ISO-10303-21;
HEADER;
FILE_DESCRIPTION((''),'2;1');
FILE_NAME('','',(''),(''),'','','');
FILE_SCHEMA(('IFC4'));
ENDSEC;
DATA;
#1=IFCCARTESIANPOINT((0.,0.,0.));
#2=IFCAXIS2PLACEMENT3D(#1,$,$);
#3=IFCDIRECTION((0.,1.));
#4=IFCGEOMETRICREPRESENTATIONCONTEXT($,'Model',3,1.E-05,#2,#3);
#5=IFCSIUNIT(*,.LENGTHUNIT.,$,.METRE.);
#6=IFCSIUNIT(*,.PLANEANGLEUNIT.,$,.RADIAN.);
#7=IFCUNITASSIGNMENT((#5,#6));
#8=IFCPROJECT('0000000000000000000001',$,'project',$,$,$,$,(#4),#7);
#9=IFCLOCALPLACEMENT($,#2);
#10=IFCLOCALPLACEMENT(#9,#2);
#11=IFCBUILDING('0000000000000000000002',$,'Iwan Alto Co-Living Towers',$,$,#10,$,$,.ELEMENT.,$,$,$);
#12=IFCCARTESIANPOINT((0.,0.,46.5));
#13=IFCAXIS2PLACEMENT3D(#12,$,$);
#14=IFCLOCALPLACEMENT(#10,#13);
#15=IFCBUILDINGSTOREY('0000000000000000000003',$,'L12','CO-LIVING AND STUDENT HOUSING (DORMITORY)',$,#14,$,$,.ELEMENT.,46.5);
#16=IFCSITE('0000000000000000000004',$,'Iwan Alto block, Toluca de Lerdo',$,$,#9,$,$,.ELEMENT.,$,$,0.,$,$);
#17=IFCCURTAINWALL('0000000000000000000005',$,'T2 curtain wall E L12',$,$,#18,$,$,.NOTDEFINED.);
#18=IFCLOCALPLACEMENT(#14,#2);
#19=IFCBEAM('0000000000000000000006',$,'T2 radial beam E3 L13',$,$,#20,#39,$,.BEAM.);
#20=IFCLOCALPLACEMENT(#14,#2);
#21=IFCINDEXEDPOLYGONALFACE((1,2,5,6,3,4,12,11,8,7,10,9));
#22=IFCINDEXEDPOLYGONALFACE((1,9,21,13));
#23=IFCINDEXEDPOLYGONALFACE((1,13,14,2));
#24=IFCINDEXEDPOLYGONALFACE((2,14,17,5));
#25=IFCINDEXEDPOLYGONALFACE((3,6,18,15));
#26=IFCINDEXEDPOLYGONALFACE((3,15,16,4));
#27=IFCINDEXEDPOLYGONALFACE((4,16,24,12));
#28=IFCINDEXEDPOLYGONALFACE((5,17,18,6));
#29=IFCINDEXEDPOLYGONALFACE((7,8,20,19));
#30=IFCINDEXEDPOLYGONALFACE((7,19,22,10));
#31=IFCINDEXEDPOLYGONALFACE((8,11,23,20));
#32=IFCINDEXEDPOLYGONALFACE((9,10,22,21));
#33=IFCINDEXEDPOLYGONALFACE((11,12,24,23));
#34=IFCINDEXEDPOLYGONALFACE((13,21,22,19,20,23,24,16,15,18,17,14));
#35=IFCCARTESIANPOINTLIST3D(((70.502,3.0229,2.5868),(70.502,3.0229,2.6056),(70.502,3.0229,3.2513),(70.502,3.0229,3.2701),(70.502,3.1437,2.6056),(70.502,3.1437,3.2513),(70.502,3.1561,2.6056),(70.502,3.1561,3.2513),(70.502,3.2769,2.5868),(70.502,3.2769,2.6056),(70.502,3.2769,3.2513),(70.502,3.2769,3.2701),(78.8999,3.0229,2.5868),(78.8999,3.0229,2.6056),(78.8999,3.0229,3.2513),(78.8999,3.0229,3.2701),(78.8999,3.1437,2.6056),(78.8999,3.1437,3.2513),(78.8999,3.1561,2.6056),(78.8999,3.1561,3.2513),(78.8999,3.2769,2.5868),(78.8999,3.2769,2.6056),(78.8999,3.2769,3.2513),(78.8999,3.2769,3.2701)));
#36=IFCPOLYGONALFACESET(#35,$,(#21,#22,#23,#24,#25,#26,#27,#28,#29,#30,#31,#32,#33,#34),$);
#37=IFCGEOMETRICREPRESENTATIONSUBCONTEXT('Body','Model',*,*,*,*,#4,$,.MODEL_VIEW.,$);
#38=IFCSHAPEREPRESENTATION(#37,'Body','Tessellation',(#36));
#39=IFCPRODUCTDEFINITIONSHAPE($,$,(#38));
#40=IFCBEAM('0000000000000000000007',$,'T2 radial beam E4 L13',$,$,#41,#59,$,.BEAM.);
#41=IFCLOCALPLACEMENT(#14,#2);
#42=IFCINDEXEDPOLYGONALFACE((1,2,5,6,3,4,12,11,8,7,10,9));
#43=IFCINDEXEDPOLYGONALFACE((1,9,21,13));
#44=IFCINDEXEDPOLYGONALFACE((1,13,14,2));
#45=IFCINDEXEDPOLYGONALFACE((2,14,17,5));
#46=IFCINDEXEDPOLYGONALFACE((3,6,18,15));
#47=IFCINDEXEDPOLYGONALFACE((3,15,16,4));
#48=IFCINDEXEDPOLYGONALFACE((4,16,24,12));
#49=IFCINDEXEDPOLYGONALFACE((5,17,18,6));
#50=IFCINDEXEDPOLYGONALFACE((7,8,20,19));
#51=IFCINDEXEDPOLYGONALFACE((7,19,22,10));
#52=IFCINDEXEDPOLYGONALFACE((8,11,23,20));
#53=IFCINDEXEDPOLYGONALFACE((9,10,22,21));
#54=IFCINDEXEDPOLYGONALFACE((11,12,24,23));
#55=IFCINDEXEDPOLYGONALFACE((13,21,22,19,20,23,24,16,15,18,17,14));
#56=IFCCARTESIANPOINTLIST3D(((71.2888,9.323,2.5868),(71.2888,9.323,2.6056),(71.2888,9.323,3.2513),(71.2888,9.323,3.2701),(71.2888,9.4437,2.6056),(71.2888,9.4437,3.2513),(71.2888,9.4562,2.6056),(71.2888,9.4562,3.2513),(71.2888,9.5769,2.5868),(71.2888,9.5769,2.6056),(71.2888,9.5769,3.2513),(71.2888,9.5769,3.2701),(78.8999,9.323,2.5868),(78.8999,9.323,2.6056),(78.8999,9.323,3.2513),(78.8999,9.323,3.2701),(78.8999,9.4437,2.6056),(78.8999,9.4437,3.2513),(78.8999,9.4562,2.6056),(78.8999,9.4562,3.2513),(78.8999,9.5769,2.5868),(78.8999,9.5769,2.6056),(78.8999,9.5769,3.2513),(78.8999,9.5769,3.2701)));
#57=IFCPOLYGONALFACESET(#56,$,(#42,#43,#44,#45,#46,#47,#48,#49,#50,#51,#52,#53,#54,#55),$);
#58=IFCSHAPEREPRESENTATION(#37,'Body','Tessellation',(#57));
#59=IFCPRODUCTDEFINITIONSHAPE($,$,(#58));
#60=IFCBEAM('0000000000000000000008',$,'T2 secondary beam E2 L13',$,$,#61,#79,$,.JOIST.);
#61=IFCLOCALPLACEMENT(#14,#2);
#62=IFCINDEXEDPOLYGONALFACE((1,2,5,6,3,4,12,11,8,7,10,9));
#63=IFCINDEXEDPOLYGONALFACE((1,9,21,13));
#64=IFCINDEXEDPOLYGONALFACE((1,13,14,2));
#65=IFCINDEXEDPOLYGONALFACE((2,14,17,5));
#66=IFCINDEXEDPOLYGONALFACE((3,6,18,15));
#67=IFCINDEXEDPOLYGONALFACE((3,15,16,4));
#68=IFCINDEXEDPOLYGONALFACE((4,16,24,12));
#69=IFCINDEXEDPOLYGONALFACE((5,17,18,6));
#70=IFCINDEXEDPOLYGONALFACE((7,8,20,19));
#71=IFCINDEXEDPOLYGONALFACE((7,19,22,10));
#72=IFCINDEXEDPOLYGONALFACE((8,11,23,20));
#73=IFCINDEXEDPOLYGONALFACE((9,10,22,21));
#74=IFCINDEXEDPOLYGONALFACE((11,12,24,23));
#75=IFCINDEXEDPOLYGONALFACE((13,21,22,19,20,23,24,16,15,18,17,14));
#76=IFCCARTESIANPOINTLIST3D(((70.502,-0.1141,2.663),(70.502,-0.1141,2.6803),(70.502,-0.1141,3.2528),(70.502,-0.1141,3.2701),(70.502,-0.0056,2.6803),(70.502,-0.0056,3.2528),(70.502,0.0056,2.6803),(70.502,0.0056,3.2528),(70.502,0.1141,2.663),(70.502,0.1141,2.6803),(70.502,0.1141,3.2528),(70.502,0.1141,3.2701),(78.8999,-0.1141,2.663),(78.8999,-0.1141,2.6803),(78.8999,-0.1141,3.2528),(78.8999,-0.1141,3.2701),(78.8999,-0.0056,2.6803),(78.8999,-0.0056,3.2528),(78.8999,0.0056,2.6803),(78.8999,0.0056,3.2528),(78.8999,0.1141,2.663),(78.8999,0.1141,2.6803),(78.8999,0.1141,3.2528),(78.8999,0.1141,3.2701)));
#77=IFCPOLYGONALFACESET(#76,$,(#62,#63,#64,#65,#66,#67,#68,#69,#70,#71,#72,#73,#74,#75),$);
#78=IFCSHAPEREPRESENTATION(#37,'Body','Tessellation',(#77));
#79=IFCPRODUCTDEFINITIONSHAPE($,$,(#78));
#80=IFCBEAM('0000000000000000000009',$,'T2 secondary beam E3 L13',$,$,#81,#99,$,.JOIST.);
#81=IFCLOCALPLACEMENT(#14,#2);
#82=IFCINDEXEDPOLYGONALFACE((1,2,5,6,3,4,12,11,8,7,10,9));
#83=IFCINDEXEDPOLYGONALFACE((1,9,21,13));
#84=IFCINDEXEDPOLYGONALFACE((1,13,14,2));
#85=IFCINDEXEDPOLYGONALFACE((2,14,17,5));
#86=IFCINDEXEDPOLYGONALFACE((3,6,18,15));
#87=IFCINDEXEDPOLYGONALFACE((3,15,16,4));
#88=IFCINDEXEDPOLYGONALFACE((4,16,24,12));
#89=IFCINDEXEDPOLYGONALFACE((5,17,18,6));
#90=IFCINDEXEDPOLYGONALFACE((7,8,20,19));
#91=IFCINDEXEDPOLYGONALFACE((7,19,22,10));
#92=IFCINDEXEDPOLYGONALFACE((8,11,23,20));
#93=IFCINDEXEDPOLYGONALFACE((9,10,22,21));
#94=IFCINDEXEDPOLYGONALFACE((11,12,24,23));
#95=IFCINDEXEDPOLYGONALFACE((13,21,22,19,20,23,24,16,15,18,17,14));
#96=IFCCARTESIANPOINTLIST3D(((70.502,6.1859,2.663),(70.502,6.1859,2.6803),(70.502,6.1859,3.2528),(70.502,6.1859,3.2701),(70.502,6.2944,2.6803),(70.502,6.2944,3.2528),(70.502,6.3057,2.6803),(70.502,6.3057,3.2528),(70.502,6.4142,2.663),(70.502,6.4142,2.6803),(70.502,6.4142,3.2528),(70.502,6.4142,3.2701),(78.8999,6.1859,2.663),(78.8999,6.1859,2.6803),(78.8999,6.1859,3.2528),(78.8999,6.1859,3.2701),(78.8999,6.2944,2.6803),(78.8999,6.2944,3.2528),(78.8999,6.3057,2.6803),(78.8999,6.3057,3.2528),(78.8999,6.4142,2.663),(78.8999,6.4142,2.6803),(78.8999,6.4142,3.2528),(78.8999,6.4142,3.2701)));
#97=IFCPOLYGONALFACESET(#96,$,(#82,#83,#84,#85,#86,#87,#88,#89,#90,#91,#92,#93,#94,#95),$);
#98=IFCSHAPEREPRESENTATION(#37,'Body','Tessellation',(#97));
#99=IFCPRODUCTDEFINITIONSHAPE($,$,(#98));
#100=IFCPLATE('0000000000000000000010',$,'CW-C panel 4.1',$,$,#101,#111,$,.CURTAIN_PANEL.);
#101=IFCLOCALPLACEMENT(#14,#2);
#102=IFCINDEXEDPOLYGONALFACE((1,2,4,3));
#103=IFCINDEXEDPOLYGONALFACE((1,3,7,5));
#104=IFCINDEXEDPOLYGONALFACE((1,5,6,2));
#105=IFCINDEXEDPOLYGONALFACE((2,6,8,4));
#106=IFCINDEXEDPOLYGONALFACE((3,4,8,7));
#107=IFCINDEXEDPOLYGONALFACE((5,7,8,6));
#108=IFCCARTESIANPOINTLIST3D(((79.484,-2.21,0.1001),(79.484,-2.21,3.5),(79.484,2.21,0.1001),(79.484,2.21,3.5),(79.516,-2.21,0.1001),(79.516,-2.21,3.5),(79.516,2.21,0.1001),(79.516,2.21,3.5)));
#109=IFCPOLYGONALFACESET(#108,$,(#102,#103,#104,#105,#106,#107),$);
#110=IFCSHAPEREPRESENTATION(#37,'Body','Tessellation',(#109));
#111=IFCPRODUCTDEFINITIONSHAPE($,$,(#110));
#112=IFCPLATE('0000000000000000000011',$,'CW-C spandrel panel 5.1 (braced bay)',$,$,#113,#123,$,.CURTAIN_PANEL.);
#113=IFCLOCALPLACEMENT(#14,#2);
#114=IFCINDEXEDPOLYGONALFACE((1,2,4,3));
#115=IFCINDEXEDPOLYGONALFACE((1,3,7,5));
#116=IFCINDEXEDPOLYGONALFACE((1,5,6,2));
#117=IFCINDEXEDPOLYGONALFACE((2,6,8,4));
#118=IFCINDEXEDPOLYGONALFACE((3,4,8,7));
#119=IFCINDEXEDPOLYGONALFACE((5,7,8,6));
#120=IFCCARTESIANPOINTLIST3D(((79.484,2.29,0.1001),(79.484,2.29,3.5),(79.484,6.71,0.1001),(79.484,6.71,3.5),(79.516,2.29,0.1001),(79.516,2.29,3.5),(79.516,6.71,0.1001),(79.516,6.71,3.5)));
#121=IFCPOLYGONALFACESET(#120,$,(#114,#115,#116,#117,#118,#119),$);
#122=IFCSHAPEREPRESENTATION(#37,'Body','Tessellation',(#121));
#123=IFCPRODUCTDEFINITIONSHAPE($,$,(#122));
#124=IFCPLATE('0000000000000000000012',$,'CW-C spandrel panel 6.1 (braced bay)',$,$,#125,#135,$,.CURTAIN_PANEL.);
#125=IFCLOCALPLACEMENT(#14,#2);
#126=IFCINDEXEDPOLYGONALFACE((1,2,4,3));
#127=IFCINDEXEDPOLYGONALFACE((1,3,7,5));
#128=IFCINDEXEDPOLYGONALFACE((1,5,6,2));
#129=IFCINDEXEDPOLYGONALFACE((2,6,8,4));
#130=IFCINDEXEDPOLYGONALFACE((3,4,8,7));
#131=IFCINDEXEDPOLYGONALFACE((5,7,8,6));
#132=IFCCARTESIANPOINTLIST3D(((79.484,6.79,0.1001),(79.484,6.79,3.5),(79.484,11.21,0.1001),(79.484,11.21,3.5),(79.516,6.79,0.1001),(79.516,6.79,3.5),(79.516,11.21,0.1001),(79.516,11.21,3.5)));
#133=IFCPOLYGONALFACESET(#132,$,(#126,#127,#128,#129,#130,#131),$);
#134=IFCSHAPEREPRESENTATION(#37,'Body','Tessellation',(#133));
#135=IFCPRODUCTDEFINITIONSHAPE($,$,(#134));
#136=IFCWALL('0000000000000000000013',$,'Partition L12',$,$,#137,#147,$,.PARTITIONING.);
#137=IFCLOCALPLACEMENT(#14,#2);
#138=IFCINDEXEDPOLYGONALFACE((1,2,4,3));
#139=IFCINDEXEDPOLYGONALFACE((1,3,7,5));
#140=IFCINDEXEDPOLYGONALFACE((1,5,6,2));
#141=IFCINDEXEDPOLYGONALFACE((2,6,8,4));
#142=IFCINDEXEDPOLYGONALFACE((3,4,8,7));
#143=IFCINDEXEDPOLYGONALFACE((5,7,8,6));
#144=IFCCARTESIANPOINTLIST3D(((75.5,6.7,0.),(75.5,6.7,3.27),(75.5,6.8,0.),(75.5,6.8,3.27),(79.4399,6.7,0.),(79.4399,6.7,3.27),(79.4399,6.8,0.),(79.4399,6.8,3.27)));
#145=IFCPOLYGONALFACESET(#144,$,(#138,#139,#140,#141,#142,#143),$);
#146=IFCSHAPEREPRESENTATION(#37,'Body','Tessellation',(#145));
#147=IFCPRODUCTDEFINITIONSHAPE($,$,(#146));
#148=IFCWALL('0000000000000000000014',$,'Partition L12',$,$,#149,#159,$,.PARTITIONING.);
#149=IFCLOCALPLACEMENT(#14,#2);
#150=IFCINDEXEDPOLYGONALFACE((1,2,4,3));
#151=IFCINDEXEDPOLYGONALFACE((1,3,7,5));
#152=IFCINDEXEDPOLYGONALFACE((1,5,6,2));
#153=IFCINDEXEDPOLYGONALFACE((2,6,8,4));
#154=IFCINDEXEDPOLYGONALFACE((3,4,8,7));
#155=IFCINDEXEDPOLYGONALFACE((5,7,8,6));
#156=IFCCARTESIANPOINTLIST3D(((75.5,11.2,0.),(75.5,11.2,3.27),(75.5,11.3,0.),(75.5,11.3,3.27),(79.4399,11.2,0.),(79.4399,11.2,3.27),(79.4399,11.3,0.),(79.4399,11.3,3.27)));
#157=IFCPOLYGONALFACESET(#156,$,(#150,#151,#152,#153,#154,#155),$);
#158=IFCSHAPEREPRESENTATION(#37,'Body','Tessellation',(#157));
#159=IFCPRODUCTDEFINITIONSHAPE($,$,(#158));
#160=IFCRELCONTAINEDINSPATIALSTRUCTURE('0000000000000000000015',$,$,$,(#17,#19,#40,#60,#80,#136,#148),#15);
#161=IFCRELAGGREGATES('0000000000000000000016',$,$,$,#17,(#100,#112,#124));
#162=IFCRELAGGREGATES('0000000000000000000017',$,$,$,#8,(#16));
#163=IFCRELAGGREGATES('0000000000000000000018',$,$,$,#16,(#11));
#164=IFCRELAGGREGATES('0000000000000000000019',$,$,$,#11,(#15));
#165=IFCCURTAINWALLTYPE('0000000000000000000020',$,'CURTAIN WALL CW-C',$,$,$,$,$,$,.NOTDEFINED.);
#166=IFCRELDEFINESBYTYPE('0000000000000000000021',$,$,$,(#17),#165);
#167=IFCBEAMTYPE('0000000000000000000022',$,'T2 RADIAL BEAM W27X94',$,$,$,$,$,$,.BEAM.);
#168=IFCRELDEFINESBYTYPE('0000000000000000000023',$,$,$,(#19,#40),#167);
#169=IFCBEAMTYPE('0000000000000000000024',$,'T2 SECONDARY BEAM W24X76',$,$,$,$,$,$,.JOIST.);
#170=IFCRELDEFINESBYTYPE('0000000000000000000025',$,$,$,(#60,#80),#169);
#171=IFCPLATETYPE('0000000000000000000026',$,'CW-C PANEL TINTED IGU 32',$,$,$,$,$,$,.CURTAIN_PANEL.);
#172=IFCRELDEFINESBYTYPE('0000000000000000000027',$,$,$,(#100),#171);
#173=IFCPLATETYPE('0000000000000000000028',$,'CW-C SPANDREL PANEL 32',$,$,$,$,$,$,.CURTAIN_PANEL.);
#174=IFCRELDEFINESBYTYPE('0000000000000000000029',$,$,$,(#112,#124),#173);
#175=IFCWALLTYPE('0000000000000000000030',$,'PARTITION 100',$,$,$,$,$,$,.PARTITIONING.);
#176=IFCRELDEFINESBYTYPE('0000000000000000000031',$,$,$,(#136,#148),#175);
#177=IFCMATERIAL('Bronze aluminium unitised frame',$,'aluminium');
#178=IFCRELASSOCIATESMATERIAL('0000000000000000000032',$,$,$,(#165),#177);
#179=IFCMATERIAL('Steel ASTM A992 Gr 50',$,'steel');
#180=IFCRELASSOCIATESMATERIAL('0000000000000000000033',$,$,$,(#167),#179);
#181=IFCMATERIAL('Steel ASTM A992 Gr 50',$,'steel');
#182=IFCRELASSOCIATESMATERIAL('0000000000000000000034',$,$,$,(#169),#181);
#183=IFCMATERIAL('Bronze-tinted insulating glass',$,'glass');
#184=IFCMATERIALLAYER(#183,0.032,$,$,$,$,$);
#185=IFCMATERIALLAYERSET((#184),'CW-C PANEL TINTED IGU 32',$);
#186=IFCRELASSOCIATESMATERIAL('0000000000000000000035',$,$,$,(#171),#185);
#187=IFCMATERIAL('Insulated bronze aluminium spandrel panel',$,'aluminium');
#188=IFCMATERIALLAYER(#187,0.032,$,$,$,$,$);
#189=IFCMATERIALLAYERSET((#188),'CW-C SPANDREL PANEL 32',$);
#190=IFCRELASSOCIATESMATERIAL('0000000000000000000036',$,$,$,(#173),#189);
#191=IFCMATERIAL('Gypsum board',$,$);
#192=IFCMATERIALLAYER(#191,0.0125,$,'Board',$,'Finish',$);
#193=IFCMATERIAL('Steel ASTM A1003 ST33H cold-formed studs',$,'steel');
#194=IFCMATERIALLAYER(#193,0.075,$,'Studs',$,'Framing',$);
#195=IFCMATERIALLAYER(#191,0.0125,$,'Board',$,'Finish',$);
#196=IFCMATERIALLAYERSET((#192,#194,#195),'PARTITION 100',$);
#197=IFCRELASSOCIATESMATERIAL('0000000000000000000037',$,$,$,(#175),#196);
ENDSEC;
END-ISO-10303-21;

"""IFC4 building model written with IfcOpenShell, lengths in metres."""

from ifc_helpers import new_model, si_unit, direction, frame, frame_2d, origin, origin_2d, place, context, subcontext, project, spatial, rectangle, i_section, extrude, material, layer, layer_set, material_profile, profile_set, type_object, element, aggregate, save


model = new_model("IFC4")

# Units and contexts
model_context = context("Model", 3, precision=1e-05, world=origin(), true_north=direction((0.0, 1.0)))
body_context = subcontext(model_context, "Body", "Model", "MODEL_VIEW")
ifc_project = project(units=[si_unit("LENGTHUNIT", "METRE"), si_unit("PLANEANGLEUNIT", "RADIAN")], contexts=[model_context])

# Site, building, storey
site_placement = place(None, origin())
site = spatial("IfcSite", under=ifc_project, at=site_placement, Name="Iwan Alto block, Toluca de Lerdo", CompositionType="ELEMENT", RefElevation=0.0)
building_placement = place(site_placement, origin())
building = spatial("IfcBuilding", under=site, at=building_placement, Name="Iwan Alto Co-Living Towers", CompositionType="ELEMENT")
storey_placement = place(building_placement, frame((0.0, 0.0, 46.5)))
storey = spatial("IfcBuildingStorey", under=building, at=storey_placement, Name="L12", Description="CO-LIVING AND STUDENT HOUSING (DORMITORY)", CompositionType="ELEMENT", Elevation=46.5)

# Curtain wall
ifc_material_1 = material(Name="Bronze aluminium unitised frame", Category="aluminium")
curtain_wall_type = type_object("IfcCurtainWallType", Name="CURTAIN WALL CW-C", PredefinedType="NOTDEFINED", material=ifc_material_1)
curtain_wall_placement = place(storey_placement, origin())
curtain_wall = element("IfcCurtainWall", 1, at=curtain_wall_placement, inside=storey, type_object=curtain_wall_type, Name="T2 curtain wall E L12", PredefinedType="NOTDEFINED")

# Beams
ifc_material_2 = material(Name="Steel ASTM A992 Gr 50", Category="steel")
ifc_material_profile_1 = material_profile(ifc_material_2, i_section(OverallWidth=0.2539, OverallDepth=0.6833, WebThickness=0.0125, FlangeThickness=0.0188, at=origin_2d()), Name="W27X94")
ifc_profile_set_1 = profile_set([ifc_material_profile_1], Name="Steel ASTM A992 Gr 50")
beam_type_1 = type_object("IfcBeamType", Name="T2 RADIAL BEAM W27X94", PredefinedType="BEAM", material=ifc_profile_set_1)
beam_1_placement = place(storey_placement, frame((78.8999, 3.1499, 2.9285), z_axis=(-1.0, 0.0, 0.0), x_axis=(0.0, -1.0, 0.0)))
element("IfcBeam", 2, at=beam_1_placement, inside=storey, type_object=beam_type_1, Name="T2 radial beam E3 L13", PredefinedType="BEAM", context=body_context, shape_type="SweptSolid", body=[
    extrude(i_section(OverallWidth=0.2539, OverallDepth=0.6833, WebThickness=0.0125, FlangeThickness=0.0188, at=origin_2d()), origin(), (0.0, 0.0, 1.0), 8.3979),
])
beam_2_placement = place(storey_placement, frame((78.8999, 9.45, 2.9285), z_axis=(-1.0, 0.0, 0.0), x_axis=(0.0, -1.0, 0.0)))
element("IfcBeam", 3, at=beam_2_placement, inside=storey, type_object=beam_type_1, Name="T2 radial beam E4 L13", PredefinedType="BEAM", context=body_context, shape_type="SweptSolid", body=[
    extrude(i_section(OverallWidth=0.2539, OverallDepth=0.6833, WebThickness=0.0125, FlangeThickness=0.0188, at=origin_2d()), origin(), (0.0, 0.0, 1.0), 7.6111),
])
ifc_material_3 = material(Name="Steel ASTM A992 Gr 50", Category="steel")
ifc_material_profile_2 = material_profile(ifc_material_3, i_section(OverallWidth=0.2283, OverallDepth=0.6072, WebThickness=0.0112, FlangeThickness=0.0173, at=origin_2d()), Name="W24X76")
ifc_profile_set_2 = profile_set([ifc_material_profile_2], Name="Steel ASTM A992 Gr 50")
beam_type_2 = type_object("IfcBeamType", Name="T2 SECONDARY BEAM W24X76", PredefinedType="JOIST", material=ifc_profile_set_2)
for number, where, z_axis, x_axis, name in (
    (4, (78.8999, 0.0, 2.9666), (-1.0, 0.0, 0.0), (0.0, -1.0, 0.0), "T2 secondary beam E2 L13"),
    (5, (78.8999, 6.3, 2.9666), (-1.0, 0.0, 0.0), (0.0, -1.0, 0.0), "T2 secondary beam E3 L13"),
):
    element("IfcBeam", number, at=place(storey_placement, frame(where, z_axis=z_axis, x_axis=x_axis)), inside=storey, type_object=beam_type_2, Name=name, PredefinedType="JOIST", context=body_context, shape_type="SweptSolid", body=[
        extrude(i_section(OverallWidth=0.2283, OverallDepth=0.6072, WebThickness=0.0112, FlangeThickness=0.0173, at=origin_2d()), origin(), (0.0, 0.0, 1.0), 8.3979),
    ])

# Plates
ifc_material_4 = material(Name="Bronze-tinted insulating glass", Category="glass")
ifc_layer_1 = layer(ifc_material_4, 0.032)
ifc_layer_set_1 = layer_set([ifc_layer_1], Name="CW-C PANEL TINTED IGU 32")
plate_type_1 = type_object("IfcPlateType", Name="CW-C PANEL TINTED IGU 32", PredefinedType="CURTAIN_PANEL", material=ifc_layer_set_1)
plate_1_placement = place(storey_placement, frame((79.5, 0.0, 0.1001), z_axis=(0.0, 0.0, 1.0), x_axis=(0.0, 1.0, 0.0)))
plate_1 = element("IfcPlate", 6, at=plate_1_placement, type_object=plate_type_1, Name="CW-C panel 4.1", PredefinedType="CURTAIN_PANEL", context=body_context, shape_type="SweptSolid", body=[
    extrude(rectangle(XDim=4.4199, YDim=0.032, at=origin_2d()), origin(), (0.0, 0.0, 1.0), 3.3999),
])
ifc_material_5 = material(Name="Insulated bronze aluminium spandrel panel", Category="aluminium")
ifc_layer_2 = layer(ifc_material_5, 0.032)
ifc_layer_set_2 = layer_set([ifc_layer_2], Name="CW-C SPANDREL PANEL 32")
plate_type_2 = type_object("IfcPlateType", Name="CW-C SPANDREL PANEL 32", PredefinedType="CURTAIN_PANEL", material=ifc_layer_set_2)
plate_2_placement = place(storey_placement, frame((79.5, 4.5, 0.1001), z_axis=(0.0, 0.0, 1.0), x_axis=(0.0, 1.0, 0.0)))
plate_2 = element("IfcPlate", 7, at=plate_2_placement, type_object=plate_type_2, Name="CW-C spandrel panel 5.1 (braced bay)", PredefinedType="CURTAIN_PANEL", context=body_context, shape_type="SweptSolid", body=[
    extrude(rectangle(XDim=4.4199, YDim=0.032, at=origin_2d()), origin(), (0.0, 0.0, 1.0), 3.3999),
])
plate_3_placement = place(storey_placement, frame((79.5, 9.0, 0.1001), z_axis=(0.0, 0.0, 1.0), x_axis=(0.0, 1.0, 0.0)))
plate_3 = element("IfcPlate", 8, at=plate_3_placement, type_object=plate_type_2, Name="CW-C spandrel panel 6.1 (braced bay)", PredefinedType="CURTAIN_PANEL", context=body_context, shape_type="SweptSolid", body=[
    extrude(rectangle(XDim=4.4199, YDim=0.032, at=origin_2d()), origin(), (0.0, 0.0, 1.0), 3.3999),
])
aggregate(curtain_wall, [plate_1, plate_2, plate_3])

# Walls
ifc_material_6 = material(Name="Gypsum board")
ifc_layer_3 = layer(ifc_material_6, 0.0125, Name="Board", Category="Finish")
ifc_material_7 = material(Name="Steel ASTM A1003 ST33H cold-formed studs", Category="steel")
ifc_layer_4 = layer(ifc_material_7, 0.075, Name="Studs", Category="Framing")
ifc_layer_5 = layer(ifc_material_6, 0.0125, Name="Board", Category="Finish")
ifc_layer_set_3 = layer_set([ifc_layer_3, ifc_layer_4, ifc_layer_5], Name="PARTITION 100")
wall_type = type_object("IfcWallType", Name="PARTITION 100", PredefinedType="PARTITIONING", material=ifc_layer_set_3)
for number, where, z_axis, x_axis, name in (
    (9, (75.5, 6.75, 0.0), (0.0, 0.0, 1.0), (1.0, 0.0, 0.0), "Partition L12"),
    (10, (75.5, 11.25, 0.0), (0.0, 0.0, 1.0), (1.0, 0.0, 0.0), "Partition L12"),
):
    element("IfcWall", number, at=place(storey_placement, frame(where, z_axis=z_axis, x_axis=x_axis)), inside=storey, type_object=wall_type, Name=name, PredefinedType="PARTITIONING", context=body_context, shape_type="SweptSolid", body=[
        extrude(rectangle(XDim=3.9399, YDim=0.1001, at=frame_2d((1.97, 0.0))), origin(), (0.0, 0.0, 1.0), 3.27),
    ])

save(model, "model.ifc")
